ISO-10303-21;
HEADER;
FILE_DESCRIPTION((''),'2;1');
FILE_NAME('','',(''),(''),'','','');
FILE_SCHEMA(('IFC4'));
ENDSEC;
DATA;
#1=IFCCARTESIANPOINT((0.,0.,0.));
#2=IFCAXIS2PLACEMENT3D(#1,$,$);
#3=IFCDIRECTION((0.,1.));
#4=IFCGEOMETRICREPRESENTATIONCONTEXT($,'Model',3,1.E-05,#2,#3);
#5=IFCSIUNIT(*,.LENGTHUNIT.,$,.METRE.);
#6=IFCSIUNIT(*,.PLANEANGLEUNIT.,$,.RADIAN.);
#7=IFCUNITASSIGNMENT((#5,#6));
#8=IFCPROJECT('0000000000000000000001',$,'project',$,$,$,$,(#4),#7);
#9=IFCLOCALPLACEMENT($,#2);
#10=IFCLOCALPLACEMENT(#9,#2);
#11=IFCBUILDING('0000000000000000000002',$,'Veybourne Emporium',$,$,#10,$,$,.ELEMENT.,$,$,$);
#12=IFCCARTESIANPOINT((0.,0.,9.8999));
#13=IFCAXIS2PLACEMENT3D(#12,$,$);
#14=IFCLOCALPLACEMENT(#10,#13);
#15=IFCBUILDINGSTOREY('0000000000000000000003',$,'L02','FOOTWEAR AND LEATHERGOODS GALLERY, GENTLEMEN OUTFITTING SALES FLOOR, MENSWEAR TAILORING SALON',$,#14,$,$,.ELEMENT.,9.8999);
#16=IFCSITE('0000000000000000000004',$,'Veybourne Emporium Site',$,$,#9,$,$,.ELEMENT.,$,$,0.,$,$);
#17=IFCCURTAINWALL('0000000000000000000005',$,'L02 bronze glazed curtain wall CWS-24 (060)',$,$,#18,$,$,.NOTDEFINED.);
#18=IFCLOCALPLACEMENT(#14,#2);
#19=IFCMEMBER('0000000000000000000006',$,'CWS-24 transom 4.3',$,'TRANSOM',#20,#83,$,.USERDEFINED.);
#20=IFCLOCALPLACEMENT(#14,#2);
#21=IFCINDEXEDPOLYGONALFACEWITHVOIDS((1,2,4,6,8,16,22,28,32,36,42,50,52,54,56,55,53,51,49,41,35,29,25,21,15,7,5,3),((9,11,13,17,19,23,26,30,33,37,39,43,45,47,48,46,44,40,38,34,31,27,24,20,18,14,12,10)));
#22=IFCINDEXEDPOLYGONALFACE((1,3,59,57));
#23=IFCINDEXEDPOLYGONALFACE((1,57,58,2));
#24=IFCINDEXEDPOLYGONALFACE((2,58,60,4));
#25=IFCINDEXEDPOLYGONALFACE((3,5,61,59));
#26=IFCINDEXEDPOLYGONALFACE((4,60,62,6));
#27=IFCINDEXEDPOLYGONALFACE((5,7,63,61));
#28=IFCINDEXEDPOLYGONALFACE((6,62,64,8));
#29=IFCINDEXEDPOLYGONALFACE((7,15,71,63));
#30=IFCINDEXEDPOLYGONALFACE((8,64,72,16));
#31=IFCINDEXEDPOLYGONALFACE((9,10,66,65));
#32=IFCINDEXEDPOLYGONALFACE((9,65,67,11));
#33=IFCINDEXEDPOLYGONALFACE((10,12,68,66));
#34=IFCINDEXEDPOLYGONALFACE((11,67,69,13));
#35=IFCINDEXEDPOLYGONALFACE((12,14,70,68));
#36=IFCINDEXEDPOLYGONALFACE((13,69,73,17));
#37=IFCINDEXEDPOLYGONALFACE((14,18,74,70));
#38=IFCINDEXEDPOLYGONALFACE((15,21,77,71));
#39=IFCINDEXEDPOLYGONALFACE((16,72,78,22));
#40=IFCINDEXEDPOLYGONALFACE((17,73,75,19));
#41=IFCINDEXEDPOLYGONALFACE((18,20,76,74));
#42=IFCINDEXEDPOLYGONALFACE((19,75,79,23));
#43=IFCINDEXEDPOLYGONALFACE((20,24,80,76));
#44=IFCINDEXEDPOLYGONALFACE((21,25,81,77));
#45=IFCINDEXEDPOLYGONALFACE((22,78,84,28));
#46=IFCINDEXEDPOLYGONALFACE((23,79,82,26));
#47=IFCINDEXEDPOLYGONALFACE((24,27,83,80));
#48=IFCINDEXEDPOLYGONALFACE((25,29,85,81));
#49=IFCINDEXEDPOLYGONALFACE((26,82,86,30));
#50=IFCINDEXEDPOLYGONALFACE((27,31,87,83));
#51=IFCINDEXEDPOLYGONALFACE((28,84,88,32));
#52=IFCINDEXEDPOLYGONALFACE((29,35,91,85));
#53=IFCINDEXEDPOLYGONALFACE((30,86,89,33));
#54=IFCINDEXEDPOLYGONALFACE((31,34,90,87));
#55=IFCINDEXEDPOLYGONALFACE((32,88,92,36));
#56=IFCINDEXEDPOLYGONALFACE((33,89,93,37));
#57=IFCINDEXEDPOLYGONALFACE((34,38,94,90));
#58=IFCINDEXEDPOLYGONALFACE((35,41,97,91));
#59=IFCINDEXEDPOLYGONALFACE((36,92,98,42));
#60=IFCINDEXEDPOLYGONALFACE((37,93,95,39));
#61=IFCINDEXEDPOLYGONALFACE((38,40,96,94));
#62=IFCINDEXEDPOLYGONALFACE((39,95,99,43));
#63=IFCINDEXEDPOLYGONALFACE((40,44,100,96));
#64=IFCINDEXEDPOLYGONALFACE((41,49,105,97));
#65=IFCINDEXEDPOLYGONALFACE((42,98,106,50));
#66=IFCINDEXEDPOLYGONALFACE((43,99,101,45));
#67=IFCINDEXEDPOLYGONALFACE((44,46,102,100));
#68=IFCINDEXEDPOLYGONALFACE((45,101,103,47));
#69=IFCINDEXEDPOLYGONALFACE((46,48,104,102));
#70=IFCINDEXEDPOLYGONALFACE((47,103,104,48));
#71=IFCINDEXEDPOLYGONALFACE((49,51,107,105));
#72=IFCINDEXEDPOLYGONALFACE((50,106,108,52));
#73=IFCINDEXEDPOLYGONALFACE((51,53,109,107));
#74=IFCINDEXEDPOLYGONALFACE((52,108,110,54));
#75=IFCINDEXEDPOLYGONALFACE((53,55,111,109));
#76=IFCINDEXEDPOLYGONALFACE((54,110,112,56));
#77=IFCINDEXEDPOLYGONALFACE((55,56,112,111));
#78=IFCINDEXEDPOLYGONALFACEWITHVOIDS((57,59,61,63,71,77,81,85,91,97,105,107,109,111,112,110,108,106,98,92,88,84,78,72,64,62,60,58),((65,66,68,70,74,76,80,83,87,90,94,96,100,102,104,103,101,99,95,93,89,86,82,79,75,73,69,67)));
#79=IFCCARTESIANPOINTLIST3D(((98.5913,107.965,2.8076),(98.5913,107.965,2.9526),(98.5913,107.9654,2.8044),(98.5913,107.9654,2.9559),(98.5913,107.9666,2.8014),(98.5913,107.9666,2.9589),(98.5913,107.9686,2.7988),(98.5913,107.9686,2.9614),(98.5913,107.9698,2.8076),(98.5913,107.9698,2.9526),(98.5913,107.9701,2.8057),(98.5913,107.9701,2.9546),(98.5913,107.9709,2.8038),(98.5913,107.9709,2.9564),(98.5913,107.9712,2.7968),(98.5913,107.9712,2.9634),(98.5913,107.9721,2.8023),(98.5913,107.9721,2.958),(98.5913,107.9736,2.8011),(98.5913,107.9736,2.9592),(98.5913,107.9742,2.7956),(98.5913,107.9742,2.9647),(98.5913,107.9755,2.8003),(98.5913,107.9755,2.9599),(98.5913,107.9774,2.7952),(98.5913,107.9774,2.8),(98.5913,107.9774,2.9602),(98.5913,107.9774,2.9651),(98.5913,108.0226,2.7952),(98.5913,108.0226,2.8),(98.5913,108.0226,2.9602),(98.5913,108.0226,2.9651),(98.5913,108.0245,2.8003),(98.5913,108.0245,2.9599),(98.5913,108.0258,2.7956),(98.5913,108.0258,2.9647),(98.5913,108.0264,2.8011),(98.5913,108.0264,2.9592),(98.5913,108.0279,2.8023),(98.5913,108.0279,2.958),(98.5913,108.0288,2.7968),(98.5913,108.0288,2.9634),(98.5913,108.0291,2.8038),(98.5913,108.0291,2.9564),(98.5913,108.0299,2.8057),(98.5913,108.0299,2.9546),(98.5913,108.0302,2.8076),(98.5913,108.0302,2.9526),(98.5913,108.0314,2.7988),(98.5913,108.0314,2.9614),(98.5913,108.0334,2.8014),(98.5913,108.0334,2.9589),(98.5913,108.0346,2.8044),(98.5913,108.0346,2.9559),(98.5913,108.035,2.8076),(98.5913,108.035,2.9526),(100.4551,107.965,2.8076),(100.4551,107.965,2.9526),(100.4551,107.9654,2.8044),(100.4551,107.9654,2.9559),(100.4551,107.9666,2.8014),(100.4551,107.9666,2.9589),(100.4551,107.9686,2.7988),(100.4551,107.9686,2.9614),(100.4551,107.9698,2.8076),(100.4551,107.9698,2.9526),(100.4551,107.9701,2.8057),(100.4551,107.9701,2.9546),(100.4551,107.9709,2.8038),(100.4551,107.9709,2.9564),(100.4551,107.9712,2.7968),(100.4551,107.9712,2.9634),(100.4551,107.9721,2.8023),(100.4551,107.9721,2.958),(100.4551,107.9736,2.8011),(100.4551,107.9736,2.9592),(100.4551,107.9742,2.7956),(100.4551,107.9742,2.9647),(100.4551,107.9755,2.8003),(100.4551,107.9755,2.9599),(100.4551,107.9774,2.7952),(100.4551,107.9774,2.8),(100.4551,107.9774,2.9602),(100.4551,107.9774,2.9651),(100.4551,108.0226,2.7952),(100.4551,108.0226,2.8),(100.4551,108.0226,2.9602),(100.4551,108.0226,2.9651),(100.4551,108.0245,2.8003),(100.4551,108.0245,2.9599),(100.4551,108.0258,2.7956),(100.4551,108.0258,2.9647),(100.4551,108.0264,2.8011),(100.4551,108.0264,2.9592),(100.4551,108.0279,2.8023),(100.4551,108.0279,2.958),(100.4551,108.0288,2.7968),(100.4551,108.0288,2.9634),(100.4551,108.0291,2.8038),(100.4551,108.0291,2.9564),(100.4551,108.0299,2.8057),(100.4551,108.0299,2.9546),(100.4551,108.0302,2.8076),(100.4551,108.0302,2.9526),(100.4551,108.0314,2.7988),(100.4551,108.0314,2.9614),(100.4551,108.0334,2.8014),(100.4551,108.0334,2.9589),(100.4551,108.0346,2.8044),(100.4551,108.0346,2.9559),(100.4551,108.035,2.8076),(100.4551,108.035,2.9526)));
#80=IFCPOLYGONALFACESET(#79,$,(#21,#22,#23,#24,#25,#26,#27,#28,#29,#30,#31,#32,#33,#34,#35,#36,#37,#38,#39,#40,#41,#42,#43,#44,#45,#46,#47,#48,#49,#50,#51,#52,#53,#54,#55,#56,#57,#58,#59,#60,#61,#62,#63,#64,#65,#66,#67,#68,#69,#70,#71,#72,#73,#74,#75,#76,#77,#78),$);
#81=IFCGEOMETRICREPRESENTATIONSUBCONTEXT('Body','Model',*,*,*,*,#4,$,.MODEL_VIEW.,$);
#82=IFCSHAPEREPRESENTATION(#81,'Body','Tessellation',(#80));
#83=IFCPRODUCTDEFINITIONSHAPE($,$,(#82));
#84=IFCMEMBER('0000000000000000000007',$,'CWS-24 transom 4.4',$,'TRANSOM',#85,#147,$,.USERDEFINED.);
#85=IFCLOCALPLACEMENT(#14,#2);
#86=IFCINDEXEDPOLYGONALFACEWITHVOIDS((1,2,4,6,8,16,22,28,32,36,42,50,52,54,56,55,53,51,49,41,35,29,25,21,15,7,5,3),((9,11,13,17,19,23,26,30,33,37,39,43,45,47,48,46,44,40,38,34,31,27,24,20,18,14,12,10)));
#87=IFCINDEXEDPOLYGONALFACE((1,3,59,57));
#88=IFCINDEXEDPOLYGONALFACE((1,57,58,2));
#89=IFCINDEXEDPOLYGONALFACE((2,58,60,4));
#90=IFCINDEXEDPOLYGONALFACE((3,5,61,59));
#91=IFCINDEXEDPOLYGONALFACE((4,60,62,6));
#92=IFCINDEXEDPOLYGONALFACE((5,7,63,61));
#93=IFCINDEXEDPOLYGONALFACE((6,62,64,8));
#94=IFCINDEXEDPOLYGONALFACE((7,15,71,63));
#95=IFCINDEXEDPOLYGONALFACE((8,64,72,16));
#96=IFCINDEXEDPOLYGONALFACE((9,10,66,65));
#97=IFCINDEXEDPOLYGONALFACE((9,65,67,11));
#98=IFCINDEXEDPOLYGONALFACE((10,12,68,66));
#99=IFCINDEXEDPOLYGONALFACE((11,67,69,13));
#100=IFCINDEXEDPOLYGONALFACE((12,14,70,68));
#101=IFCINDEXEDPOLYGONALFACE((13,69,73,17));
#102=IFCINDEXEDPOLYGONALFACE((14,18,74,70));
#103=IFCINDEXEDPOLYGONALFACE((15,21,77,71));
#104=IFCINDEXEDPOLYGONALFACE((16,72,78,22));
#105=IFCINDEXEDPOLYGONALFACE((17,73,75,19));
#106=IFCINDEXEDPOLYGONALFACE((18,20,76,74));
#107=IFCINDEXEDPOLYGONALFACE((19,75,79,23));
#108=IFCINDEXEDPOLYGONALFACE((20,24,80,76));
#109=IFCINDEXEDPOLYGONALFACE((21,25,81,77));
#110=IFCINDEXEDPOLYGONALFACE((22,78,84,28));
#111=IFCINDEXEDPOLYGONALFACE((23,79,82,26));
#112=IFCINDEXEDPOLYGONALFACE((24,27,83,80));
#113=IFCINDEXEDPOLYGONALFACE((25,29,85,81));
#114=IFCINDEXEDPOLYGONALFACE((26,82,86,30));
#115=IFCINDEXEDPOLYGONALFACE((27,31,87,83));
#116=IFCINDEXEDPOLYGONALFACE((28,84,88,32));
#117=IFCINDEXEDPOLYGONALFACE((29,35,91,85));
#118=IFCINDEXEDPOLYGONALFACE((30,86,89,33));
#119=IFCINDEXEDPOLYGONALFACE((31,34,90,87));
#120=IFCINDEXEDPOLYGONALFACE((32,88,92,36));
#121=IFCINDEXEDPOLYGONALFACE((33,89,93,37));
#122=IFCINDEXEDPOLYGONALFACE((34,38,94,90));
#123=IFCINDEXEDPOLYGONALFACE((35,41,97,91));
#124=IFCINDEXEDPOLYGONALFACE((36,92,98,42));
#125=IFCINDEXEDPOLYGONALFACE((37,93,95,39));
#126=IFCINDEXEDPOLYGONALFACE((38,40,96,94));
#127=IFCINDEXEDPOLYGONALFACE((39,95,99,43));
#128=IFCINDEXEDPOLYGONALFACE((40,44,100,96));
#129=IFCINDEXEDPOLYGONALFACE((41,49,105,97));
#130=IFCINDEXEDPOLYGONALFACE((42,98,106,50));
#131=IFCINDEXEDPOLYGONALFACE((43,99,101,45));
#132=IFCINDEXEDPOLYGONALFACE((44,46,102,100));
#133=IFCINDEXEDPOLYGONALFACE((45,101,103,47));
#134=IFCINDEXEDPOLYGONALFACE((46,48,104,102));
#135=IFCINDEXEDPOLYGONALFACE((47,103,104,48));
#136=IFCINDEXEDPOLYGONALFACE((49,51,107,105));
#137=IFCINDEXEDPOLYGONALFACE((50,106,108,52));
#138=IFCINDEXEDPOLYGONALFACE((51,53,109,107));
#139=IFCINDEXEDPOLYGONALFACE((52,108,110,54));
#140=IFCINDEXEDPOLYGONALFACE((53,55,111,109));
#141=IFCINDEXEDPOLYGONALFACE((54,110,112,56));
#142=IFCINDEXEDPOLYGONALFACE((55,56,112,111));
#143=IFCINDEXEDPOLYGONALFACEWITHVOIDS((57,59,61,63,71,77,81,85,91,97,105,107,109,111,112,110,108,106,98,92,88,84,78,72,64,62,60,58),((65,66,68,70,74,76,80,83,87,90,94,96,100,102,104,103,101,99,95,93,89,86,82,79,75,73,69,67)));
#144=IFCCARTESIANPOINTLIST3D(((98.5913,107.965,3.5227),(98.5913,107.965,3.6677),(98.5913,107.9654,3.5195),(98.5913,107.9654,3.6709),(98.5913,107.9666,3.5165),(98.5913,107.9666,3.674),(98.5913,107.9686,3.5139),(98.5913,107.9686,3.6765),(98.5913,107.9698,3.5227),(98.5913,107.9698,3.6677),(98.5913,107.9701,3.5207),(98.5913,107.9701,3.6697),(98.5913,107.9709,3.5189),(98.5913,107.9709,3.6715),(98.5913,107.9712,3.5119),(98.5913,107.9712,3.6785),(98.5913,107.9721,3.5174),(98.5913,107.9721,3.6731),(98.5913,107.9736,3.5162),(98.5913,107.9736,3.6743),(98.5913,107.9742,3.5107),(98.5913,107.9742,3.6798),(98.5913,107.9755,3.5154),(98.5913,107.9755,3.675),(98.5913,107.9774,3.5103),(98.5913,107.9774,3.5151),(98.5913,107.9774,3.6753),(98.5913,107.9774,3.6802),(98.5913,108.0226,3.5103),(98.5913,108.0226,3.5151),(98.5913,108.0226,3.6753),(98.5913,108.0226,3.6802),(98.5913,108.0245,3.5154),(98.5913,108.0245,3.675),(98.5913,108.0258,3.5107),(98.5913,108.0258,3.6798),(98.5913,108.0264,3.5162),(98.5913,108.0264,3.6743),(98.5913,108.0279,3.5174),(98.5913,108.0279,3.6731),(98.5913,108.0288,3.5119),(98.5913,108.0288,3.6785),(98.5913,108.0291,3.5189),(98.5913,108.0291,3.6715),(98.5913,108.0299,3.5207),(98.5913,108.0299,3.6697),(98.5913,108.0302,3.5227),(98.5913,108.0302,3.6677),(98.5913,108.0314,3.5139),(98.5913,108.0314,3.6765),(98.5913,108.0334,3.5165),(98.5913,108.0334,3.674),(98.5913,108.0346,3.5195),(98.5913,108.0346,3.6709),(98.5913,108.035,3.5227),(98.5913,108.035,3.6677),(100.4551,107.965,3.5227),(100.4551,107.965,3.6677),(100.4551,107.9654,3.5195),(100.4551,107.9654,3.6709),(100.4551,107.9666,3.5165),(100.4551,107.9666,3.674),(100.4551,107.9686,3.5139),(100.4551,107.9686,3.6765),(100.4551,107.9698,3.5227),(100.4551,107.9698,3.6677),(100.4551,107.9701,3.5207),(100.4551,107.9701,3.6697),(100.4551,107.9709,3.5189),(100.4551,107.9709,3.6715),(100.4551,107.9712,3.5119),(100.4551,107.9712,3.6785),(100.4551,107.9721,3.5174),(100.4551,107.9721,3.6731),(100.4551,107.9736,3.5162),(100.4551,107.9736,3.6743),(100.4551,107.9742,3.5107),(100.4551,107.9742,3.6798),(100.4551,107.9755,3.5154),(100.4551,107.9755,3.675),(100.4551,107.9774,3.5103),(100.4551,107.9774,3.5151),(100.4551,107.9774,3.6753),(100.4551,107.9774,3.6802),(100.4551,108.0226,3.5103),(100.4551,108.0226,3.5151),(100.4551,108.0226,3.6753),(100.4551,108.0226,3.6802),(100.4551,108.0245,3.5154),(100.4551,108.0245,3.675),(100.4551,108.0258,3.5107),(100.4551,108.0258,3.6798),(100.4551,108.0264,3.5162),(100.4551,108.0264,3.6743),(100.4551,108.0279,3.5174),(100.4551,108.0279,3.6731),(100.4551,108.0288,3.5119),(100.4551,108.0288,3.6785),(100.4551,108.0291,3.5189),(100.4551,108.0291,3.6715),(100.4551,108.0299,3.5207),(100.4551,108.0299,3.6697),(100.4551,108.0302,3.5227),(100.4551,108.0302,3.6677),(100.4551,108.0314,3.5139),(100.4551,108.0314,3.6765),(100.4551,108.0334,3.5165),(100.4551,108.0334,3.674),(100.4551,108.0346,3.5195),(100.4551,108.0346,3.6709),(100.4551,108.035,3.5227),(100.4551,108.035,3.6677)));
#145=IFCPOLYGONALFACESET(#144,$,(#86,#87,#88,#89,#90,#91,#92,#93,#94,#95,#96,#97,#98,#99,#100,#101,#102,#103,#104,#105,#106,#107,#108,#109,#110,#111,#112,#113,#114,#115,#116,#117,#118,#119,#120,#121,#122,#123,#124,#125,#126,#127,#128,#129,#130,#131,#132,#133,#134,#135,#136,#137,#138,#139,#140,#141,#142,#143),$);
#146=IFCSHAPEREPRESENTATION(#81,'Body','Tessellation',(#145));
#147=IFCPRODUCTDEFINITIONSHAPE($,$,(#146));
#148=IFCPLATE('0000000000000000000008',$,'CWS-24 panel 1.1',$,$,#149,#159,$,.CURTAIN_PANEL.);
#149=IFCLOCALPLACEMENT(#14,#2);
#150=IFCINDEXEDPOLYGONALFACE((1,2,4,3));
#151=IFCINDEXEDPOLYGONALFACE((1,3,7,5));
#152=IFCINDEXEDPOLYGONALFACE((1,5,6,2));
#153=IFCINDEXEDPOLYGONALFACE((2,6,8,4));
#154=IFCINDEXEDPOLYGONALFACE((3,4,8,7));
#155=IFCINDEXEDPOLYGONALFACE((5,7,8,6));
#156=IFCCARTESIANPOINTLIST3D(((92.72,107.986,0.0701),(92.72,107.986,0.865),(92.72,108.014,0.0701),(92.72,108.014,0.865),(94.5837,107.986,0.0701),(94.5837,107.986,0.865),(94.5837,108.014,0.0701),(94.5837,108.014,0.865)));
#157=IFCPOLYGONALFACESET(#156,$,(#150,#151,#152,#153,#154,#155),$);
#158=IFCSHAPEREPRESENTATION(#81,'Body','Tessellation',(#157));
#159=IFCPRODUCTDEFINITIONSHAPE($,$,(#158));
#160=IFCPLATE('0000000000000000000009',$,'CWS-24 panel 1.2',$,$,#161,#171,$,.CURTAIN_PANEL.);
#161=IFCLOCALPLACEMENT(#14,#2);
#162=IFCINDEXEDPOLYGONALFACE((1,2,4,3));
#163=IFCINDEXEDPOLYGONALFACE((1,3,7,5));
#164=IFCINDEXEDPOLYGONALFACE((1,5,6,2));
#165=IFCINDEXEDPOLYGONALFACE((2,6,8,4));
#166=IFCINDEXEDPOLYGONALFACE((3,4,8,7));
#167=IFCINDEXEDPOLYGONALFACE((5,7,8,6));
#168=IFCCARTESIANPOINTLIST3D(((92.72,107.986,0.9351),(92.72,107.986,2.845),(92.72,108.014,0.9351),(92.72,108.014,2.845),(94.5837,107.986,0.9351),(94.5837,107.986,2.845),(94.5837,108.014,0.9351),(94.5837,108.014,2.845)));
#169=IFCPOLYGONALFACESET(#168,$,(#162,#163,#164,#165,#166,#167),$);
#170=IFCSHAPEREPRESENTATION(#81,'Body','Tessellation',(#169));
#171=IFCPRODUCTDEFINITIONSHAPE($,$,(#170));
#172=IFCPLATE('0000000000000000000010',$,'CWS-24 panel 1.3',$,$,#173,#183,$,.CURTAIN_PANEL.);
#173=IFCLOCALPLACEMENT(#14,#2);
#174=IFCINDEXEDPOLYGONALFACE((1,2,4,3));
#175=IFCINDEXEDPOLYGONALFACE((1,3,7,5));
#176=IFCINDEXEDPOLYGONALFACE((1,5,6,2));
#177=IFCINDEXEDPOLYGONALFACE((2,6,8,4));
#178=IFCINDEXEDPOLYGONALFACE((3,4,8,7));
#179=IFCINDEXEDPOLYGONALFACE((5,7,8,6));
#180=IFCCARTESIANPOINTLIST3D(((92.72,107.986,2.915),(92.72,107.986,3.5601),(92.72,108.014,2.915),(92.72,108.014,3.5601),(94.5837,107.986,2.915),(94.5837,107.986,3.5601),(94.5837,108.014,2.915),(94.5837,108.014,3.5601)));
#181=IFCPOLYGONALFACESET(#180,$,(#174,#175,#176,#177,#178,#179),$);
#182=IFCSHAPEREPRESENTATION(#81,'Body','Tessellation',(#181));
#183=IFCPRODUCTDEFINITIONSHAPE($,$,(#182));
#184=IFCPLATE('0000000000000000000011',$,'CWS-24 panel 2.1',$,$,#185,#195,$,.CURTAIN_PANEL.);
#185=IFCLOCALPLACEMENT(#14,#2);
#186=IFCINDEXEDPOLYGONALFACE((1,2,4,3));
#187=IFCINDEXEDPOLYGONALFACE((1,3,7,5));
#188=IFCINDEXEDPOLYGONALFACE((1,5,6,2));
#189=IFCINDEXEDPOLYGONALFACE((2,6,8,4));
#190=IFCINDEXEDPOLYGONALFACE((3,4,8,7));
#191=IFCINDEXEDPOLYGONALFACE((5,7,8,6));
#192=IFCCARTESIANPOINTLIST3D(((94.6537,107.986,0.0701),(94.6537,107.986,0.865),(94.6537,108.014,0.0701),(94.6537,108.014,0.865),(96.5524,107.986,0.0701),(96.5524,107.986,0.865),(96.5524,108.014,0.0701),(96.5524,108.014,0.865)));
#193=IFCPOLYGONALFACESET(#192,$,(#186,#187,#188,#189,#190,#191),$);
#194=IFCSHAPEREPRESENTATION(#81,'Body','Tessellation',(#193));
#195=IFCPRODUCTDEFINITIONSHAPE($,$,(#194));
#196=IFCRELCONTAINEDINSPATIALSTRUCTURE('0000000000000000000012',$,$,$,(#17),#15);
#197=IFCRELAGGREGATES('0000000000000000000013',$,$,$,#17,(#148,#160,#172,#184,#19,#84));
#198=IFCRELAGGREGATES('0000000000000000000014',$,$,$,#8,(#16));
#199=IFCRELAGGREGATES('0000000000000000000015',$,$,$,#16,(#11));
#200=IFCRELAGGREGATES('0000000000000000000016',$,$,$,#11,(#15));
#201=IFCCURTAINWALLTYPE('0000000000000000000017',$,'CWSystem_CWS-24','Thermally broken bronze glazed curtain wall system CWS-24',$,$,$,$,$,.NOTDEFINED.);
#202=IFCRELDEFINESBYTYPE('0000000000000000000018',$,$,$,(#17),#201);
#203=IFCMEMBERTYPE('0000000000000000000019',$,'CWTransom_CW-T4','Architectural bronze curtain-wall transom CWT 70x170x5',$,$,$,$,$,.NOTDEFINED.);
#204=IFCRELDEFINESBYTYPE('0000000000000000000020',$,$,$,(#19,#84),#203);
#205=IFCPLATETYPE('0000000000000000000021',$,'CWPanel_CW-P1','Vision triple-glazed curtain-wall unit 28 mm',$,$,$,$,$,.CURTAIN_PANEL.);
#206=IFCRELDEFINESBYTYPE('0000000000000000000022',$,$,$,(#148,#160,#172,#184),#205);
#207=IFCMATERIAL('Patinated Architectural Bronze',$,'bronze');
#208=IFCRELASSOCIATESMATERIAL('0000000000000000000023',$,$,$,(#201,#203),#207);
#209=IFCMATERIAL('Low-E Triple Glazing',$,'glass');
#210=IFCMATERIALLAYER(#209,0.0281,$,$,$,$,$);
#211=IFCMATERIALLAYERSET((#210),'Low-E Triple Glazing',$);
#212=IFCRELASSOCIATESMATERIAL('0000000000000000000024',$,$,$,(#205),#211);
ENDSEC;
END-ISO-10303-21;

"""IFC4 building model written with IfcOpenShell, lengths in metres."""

from ifc_helpers import new_model, si_unit, direction, frame, origin, origin_2d, place, context, subcontext, project, spatial, rectangle, hollow_rectangle, extrude, material, layer, layer_set, material_profile, profile_set, type_object, element, aggregate, save


model = new_model("IFC4")

# Units and contexts
model_context = context("Model", 3, precision=1e-05, world=origin(), true_north=direction((0.0, 1.0)))
body_context = subcontext(model_context, "Body", "Model", "MODEL_VIEW")
ifc_project = project(units=[si_unit("LENGTHUNIT", "METRE"), si_unit("PLANEANGLEUNIT", "RADIAN")], contexts=[model_context])

# Site, building, storey
site_placement = place(None, origin())
site = spatial("IfcSite", under=ifc_project, at=site_placement, Name="Veybourne Emporium Site", CompositionType="ELEMENT", RefElevation=0.0)
building_placement = place(site_placement, origin())
building = spatial("IfcBuilding", under=site, at=building_placement, Name="Veybourne Emporium", CompositionType="ELEMENT")
storey_placement = place(building_placement, frame((0.0, 0.0, 9.8999)))
storey = spatial("IfcBuildingStorey", under=building, at=storey_placement, Name="L02", Description="FOOTWEAR AND LEATHERGOODS GALLERY, GENTLEMEN OUTFITTING SALES FLOOR, MENSWEAR TAILORING SALON", CompositionType="ELEMENT", Elevation=9.8999)

# Curtain wall, members, plates
ifc_material_1 = material(Name="Patinated Architectural Bronze", Category="bronze")
curtain_wall_type = type_object("IfcCurtainWallType", Name="CWSystem_CWS-24", Description="Thermally broken bronze glazed curtain wall system CWS-24", PredefinedType="NOTDEFINED", material=ifc_material_1)
curtain_wall_placement = place(storey_placement, origin())
curtain_wall = element("IfcCurtainWall", 1, at=curtain_wall_placement, inside=storey, type_object=curtain_wall_type, Name="L02 bronze glazed curtain wall CWS-24 (060)", PredefinedType="NOTDEFINED")
ifc_material_profile_1 = material_profile(ifc_material_1, hollow_rectangle(XDim=0.0701, YDim=0.1699, WallThickness=0.0049, InnerFilletRadius=0.0076, OuterFilletRadius=0.0125, at=origin_2d()), Name="CWT 70x170x5")
ifc_profile_set_1 = profile_set([ifc_material_profile_1], Name="Patinated Architectural Bronze")
member_type_1 = type_object("IfcMemberType", Name="CWTransom_CW-T4", Description="Architectural bronze curtain-wall transom CWT 70x170x5", PredefinedType="NOTDEFINED", material=ifc_profile_set_1)
member_1_placement = place(storey_placement, frame((98.5913, 108.0, 2.8801), z_axis=(1.0, 0.0, 0.0), x_axis=(0.0, 1.0, 0.0)))
member_1 = element("IfcMember", 2, at=member_1_placement, type_object=member_type_1, Name="CWS-24 transom 4.3", ObjectType="TRANSOM", PredefinedType="USERDEFINED", context=body_context, shape_type="SweptSolid", body=[
    extrude(hollow_rectangle(XDim=0.0701, YDim=0.1699, WallThickness=0.0049, InnerFilletRadius=0.0076, OuterFilletRadius=0.0125, at=origin_2d()), origin(), (0.0, 0.0, 1.0), 1.8638),
])
member_2_placement = place(storey_placement, frame((98.5913, 108.0, 3.5952), z_axis=(1.0, 0.0, 0.0), x_axis=(0.0, 1.0, 0.0)))
member_2 = element("IfcMember", 3, at=member_2_placement, type_object=member_type_1, Name="CWS-24 transom 4.4", ObjectType="TRANSOM", PredefinedType="USERDEFINED", context=body_context, shape_type="SweptSolid", body=[
    extrude(hollow_rectangle(XDim=0.0701, YDim=0.1699, WallThickness=0.0049, InnerFilletRadius=0.0076, OuterFilletRadius=0.0125, at=origin_2d()), origin(), (0.0, 0.0, 1.0), 1.8638),
])
ifc_material_2 = material(Name="Low-E Triple Glazing", Category="glass")
ifc_layer_1 = layer(ifc_material_2, 0.0281)
ifc_layer_set_1 = layer_set([ifc_layer_1], Name="Low-E Triple Glazing")
plate_type = type_object("IfcPlateType", Name="CWPanel_CW-P1", Description="Vision triple-glazed curtain-wall unit 28 mm", PredefinedType="CURTAIN_PANEL", material=ifc_layer_set_1)
plate_1_placement = place(storey_placement, frame((93.6519, 108.0, 0.0701), z_axis=(0.0, 0.0, 1.0), x_axis=(1.0, 0.0, 0.0)))
plate_1 = element("IfcPlate", 4, at=plate_1_placement, type_object=plate_type, Name="CWS-24 panel 1.1", PredefinedType="CURTAIN_PANEL", context=body_context, shape_type="SweptSolid", body=[
    extrude(rectangle(XDim=1.8638, YDim=0.0281, at=origin_2d()), origin(), (0.0, 0.0, 1.0), 0.7949),
])
plate_2_placement = place(storey_placement, frame((93.6519, 108.0, 0.9351), z_axis=(0.0, 0.0, 1.0), x_axis=(1.0, 0.0, 0.0)))
plate_2 = element("IfcPlate", 5, at=plate_2_placement, type_object=plate_type, Name="CWS-24 panel 1.2", PredefinedType="CURTAIN_PANEL", context=body_context, shape_type="SweptSolid", body=[
    extrude(rectangle(XDim=1.8638, YDim=0.0281, at=origin_2d()), origin(), (0.0, 0.0, 1.0), 1.9099),
])
plate_3_placement = place(storey_placement, frame((93.6519, 108.0, 2.915), z_axis=(0.0, 0.0, 1.0), x_axis=(1.0, 0.0, 0.0)))
plate_3 = element("IfcPlate", 6, at=plate_3_placement, type_object=plate_type, Name="CWS-24 panel 1.3", PredefinedType="CURTAIN_PANEL", context=body_context, shape_type="SweptSolid", body=[
    extrude(rectangle(XDim=1.8638, YDim=0.0281, at=origin_2d()), origin(), (0.0, 0.0, 1.0), 0.645),
])
plate_4_placement = place(storey_placement, frame((95.603, 108.0, 0.0701), z_axis=(0.0, 0.0, 1.0), x_axis=(1.0, 0.0, 0.0)))
plate_4 = element("IfcPlate", 7, at=plate_4_placement, type_object=plate_type, Name="CWS-24 panel 2.1", PredefinedType="CURTAIN_PANEL", context=body_context, shape_type="SweptSolid", body=[
    extrude(rectangle(XDim=1.8987, YDim=0.0281, at=origin_2d()), origin(), (0.0, 0.0, 1.0), 0.7949),
])
aggregate(curtain_wall, [plate_1, plate_2, plate_3, plate_4, member_1, member_2])

save(model, "model.ifc")
